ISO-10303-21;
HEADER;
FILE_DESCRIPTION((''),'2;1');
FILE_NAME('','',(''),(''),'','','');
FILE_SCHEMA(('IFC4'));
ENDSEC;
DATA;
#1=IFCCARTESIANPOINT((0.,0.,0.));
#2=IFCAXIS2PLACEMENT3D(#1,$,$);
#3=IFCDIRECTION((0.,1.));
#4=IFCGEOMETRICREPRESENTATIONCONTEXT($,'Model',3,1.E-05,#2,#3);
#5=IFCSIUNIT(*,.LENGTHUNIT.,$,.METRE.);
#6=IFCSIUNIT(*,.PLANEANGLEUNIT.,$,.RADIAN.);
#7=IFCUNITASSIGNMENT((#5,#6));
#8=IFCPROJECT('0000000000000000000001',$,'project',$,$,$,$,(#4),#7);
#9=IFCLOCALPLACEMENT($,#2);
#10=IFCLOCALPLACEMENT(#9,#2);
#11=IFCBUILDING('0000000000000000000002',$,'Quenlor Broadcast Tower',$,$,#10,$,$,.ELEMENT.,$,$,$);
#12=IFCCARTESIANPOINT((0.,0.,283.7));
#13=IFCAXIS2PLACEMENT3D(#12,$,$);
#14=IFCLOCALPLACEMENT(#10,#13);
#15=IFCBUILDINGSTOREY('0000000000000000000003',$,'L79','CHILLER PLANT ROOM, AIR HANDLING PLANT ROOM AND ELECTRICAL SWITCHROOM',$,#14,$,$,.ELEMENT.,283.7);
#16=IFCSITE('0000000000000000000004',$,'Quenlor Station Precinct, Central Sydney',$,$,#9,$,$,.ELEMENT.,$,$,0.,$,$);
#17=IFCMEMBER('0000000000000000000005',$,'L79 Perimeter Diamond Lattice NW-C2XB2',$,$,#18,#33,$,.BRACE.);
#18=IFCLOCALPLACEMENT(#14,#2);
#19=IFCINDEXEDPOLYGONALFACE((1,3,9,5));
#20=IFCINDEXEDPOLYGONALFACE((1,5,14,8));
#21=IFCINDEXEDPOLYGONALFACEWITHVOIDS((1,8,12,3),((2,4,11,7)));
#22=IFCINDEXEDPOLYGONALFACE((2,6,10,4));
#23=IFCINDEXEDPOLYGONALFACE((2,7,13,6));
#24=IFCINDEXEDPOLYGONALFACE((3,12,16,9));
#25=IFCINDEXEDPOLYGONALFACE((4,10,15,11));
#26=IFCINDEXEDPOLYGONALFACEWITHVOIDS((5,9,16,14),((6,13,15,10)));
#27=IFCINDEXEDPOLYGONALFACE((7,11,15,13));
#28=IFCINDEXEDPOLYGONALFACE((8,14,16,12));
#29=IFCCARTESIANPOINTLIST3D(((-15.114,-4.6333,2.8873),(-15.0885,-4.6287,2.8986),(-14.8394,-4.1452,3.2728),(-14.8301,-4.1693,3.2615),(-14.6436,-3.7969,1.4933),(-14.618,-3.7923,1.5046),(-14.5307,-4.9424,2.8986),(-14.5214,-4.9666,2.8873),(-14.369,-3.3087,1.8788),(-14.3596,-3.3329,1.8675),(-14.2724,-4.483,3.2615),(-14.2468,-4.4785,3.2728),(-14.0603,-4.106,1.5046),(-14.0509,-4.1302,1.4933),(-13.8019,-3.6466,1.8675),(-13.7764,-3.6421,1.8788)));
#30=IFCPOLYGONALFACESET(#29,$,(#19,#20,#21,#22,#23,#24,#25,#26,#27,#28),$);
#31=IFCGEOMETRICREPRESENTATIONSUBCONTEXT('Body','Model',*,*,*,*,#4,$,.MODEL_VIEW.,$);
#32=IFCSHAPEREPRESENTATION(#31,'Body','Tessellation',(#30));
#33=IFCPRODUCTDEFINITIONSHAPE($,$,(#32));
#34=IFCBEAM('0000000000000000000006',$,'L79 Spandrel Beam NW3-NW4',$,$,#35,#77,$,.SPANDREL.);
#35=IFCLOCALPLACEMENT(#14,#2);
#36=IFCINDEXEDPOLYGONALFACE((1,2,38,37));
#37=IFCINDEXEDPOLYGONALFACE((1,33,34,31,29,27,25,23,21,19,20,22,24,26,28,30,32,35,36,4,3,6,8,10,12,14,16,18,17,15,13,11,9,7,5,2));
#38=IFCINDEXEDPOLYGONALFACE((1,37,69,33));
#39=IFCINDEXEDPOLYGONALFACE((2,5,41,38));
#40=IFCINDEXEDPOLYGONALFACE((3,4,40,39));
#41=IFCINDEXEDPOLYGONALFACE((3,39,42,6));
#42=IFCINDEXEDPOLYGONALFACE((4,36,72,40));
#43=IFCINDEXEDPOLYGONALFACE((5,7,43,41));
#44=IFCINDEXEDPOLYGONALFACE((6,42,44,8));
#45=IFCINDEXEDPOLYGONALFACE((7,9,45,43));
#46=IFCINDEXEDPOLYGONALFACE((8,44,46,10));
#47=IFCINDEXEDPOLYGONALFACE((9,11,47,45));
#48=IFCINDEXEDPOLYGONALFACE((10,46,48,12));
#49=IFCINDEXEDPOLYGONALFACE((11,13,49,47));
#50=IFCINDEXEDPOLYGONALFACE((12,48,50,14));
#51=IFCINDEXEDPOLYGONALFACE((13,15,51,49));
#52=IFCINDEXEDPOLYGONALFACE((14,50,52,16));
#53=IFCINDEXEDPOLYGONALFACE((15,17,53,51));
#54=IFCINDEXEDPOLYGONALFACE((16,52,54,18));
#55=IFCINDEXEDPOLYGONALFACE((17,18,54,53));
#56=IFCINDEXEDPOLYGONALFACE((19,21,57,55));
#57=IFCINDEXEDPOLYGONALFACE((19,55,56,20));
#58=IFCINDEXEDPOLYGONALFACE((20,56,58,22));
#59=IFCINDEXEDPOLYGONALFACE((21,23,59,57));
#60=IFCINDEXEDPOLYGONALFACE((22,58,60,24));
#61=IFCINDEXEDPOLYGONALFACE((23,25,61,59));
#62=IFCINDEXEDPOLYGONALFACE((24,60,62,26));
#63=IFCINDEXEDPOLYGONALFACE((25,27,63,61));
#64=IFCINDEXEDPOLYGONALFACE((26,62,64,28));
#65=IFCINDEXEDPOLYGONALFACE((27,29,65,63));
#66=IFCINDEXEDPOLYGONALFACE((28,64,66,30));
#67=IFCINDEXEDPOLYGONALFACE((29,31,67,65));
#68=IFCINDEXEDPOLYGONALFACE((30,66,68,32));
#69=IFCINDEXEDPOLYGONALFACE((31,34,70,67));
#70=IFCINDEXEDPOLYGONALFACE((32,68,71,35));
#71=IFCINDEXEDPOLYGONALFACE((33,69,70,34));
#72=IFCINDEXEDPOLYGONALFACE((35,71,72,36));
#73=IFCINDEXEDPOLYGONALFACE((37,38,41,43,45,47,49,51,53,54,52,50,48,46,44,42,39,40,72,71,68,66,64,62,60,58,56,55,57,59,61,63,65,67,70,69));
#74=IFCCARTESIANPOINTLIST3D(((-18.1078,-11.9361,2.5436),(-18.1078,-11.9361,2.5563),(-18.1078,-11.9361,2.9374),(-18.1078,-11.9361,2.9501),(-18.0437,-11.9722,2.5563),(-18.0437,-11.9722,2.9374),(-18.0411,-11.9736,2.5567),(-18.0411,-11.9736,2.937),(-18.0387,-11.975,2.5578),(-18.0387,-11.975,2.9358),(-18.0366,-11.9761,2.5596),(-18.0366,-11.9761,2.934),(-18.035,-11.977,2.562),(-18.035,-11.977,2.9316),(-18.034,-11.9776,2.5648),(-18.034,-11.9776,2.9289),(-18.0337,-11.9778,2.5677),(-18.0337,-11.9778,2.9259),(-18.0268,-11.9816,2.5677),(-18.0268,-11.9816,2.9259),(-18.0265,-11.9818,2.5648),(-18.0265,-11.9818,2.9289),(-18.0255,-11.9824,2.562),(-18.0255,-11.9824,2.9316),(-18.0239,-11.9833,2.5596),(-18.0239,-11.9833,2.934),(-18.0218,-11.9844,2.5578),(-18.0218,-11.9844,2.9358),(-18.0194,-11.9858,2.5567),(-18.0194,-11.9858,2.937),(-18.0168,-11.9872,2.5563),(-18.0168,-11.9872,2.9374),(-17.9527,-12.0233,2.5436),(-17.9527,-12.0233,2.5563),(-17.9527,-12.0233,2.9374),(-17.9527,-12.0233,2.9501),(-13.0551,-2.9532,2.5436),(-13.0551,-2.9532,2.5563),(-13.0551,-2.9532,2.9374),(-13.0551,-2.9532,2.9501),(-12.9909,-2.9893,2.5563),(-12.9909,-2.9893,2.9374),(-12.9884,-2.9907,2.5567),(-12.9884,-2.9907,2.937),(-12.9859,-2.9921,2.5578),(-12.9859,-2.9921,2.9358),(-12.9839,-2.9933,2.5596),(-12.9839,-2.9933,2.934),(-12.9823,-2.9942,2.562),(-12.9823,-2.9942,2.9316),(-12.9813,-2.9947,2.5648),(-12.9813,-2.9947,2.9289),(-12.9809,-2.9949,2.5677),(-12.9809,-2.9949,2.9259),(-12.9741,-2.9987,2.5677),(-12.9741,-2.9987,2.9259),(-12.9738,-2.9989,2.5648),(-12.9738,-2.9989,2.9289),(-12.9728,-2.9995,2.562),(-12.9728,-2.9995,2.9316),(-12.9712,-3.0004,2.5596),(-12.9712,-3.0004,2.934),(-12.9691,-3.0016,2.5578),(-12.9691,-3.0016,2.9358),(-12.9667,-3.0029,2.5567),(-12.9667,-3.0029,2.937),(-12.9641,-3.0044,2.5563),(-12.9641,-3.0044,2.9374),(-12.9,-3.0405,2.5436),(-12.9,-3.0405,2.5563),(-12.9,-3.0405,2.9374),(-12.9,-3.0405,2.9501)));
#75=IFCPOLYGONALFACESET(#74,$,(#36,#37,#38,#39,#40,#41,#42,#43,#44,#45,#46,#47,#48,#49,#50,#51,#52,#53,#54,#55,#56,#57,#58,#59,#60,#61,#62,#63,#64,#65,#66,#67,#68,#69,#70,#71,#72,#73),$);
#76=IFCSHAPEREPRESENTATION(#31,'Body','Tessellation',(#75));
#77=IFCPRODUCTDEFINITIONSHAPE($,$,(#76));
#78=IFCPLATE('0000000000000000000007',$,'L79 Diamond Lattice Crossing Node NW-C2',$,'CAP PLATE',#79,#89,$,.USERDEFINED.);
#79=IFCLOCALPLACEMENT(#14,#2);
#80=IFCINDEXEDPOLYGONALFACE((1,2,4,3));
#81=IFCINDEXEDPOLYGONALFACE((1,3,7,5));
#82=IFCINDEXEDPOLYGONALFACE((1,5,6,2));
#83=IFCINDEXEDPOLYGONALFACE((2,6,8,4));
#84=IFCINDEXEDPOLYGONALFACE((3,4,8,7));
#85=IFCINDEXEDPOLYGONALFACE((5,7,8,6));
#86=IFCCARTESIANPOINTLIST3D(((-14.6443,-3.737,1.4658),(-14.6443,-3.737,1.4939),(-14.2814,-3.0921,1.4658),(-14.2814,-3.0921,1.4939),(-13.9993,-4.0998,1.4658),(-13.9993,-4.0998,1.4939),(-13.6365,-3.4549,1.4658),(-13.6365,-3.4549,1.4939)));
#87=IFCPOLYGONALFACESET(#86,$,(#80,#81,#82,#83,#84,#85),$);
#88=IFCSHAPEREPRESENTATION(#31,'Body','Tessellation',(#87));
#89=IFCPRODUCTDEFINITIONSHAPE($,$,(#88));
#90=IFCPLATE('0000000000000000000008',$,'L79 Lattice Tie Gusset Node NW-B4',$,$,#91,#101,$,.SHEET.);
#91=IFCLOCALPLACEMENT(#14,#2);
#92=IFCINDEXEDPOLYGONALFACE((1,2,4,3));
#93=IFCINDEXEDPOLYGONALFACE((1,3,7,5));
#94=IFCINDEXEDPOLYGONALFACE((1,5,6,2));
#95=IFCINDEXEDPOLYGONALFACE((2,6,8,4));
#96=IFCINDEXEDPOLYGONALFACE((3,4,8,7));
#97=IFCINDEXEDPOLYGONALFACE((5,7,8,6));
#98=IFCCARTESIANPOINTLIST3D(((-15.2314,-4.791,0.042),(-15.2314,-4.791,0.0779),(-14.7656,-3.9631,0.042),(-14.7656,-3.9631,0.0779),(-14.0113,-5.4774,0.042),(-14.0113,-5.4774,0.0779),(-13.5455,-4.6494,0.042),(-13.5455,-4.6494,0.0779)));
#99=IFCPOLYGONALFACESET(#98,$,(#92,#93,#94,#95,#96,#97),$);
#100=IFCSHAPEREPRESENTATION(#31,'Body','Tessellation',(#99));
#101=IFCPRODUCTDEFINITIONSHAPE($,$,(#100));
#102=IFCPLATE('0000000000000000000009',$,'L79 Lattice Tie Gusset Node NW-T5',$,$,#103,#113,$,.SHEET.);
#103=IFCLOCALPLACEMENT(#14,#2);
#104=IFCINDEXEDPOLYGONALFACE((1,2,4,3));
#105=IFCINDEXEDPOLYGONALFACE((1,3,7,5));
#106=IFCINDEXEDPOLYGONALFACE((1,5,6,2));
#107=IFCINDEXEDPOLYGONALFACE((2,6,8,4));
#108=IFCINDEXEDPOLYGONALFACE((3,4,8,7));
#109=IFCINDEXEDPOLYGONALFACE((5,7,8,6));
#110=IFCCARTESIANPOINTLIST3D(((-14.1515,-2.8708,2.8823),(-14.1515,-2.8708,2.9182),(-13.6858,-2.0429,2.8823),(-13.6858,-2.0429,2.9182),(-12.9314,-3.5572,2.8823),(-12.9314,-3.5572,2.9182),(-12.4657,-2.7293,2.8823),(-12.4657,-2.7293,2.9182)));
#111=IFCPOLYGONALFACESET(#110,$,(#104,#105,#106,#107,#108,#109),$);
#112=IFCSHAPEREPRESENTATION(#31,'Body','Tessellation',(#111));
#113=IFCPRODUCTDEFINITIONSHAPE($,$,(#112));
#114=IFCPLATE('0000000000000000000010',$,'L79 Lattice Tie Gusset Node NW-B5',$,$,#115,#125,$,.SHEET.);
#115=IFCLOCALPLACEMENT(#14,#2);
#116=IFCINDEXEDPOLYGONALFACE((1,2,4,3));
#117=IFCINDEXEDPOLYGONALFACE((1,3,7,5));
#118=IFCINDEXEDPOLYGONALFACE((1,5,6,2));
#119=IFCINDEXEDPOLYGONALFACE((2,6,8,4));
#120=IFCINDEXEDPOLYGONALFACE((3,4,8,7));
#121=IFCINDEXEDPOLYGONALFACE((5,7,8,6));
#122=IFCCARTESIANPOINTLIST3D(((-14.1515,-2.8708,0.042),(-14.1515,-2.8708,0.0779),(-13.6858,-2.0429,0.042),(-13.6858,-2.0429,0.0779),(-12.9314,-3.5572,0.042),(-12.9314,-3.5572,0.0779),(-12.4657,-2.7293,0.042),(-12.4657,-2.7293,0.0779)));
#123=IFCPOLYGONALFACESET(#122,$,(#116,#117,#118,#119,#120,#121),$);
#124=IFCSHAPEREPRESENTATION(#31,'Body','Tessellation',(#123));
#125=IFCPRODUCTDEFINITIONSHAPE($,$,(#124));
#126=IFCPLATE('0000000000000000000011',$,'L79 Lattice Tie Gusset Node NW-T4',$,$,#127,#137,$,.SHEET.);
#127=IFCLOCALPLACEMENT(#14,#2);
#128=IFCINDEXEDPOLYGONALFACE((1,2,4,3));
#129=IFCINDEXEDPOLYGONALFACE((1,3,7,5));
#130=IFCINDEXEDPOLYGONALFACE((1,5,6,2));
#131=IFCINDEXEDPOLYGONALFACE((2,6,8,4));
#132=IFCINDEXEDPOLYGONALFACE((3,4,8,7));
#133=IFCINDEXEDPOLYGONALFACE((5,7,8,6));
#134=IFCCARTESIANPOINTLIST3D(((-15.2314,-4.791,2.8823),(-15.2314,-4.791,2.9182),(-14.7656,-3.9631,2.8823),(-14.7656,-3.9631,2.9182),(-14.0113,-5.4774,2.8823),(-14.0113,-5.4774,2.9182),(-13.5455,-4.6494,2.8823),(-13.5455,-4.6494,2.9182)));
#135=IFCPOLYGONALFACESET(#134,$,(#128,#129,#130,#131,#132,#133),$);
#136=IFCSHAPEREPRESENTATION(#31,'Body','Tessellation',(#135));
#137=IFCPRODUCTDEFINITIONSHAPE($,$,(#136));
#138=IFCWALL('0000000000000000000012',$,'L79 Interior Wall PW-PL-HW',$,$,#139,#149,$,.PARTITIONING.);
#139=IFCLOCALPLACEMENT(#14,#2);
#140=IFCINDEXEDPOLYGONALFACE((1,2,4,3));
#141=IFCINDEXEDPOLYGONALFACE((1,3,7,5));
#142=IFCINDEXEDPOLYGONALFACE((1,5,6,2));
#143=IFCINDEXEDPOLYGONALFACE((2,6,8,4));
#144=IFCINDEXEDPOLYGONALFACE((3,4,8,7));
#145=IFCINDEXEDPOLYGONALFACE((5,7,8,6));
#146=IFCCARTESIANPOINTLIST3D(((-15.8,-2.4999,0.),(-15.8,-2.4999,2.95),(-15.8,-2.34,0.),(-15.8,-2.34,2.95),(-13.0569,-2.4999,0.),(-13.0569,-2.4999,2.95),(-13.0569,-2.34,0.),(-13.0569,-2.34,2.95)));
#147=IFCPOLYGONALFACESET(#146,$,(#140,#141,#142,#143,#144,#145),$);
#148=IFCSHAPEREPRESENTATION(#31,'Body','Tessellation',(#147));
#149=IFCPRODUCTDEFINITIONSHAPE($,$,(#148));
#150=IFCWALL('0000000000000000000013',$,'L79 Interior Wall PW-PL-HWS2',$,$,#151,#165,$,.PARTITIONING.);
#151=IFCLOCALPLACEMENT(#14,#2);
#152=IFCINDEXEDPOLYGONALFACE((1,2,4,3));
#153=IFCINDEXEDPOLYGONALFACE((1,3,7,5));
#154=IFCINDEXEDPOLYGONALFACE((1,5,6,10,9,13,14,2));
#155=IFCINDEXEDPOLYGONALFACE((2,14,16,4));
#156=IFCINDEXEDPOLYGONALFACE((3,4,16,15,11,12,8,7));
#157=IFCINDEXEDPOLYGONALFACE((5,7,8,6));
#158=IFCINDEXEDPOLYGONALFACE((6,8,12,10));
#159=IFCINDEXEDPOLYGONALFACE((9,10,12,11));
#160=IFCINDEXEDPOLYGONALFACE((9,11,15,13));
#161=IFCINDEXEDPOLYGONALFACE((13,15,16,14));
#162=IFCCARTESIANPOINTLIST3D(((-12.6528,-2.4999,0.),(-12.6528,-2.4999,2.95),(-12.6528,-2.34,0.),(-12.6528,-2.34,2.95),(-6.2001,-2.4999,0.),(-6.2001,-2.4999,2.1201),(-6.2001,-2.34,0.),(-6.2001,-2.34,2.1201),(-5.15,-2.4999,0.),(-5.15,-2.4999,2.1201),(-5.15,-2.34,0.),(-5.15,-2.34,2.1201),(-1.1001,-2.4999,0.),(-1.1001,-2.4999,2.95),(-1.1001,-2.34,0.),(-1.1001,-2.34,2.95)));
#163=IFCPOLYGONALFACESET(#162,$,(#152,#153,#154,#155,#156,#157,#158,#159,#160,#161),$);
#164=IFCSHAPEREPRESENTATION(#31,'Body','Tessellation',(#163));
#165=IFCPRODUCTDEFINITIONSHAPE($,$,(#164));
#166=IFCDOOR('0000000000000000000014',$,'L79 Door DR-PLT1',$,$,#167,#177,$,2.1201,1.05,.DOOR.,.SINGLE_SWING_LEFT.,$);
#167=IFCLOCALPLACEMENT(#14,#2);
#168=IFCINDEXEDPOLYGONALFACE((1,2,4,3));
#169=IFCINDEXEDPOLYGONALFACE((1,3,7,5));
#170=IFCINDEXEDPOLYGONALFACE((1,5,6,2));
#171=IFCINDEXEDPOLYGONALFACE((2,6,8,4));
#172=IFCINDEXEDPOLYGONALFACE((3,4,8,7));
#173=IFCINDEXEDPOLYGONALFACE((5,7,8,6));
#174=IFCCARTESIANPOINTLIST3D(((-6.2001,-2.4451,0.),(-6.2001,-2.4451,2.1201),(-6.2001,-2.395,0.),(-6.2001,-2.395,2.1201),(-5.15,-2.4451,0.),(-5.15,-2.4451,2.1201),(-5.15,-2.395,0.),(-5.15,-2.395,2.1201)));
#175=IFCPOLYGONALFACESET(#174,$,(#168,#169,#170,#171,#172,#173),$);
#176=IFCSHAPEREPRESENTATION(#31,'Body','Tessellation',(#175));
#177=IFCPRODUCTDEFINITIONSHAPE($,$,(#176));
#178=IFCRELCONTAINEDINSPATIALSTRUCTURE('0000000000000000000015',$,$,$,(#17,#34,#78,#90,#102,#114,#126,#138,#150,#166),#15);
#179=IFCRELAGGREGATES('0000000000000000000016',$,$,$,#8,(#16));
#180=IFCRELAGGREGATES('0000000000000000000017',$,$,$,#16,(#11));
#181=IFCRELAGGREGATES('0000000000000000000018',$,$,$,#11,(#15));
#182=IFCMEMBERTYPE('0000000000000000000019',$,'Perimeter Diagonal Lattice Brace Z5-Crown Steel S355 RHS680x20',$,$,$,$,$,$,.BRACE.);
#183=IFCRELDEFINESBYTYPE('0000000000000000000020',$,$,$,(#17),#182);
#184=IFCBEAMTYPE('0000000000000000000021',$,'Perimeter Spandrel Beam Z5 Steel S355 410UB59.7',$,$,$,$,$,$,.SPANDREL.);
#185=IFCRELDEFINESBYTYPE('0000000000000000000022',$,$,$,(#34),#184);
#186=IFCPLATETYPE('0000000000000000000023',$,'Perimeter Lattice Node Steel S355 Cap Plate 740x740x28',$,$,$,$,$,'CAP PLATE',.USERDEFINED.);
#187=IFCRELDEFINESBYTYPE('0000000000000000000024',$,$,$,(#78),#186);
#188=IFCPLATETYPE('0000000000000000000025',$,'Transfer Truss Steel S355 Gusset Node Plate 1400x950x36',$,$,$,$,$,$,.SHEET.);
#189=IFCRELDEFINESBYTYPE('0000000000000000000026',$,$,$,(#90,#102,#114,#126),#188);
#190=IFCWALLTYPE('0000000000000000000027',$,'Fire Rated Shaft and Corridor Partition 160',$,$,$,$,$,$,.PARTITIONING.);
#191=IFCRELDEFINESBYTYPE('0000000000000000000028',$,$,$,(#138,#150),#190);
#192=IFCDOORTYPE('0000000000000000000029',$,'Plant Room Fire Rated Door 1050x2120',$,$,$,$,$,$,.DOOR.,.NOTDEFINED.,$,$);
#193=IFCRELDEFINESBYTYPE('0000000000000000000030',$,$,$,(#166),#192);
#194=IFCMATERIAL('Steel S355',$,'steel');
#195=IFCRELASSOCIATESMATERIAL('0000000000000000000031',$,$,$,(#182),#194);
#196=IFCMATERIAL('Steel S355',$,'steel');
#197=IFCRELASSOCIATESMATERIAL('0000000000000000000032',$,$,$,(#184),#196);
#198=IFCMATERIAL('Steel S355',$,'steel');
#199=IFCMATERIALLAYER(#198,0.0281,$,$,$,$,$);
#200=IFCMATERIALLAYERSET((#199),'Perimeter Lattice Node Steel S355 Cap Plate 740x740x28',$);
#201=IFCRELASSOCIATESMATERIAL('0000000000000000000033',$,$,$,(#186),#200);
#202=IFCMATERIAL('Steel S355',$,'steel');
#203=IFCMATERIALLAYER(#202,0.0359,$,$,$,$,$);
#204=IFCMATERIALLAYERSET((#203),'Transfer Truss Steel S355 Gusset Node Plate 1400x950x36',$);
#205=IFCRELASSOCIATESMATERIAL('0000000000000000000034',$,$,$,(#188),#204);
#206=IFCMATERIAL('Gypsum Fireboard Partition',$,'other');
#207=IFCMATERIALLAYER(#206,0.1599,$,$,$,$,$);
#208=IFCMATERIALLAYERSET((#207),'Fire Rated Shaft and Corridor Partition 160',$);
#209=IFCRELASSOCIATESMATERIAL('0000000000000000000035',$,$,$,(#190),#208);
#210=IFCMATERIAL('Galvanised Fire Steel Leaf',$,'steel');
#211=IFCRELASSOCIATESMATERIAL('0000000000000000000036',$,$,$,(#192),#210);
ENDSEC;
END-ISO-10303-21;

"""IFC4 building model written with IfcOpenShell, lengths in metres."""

from ifc_helpers import new_model, si_unit, direction, frame, frame_2d, origin, origin_2d, place, context, subcontext, project, spatial, rectangle, hollow_rectangle, i_section, extrude, material, layer, layer_set, material_profile, profile_set, type_object, element, fill, save


model = new_model("IFC4")

# Units and contexts
model_context = context("Model", 3, precision=1e-05, world=origin(), true_north=direction((0.0, 1.0)))
body_context = subcontext(model_context, "Body", "Model", "MODEL_VIEW")
ifc_project = project(units=[si_unit("LENGTHUNIT", "METRE"), si_unit("PLANEANGLEUNIT", "RADIAN")], contexts=[model_context])

# Site, building, storey
site_placement = place(None, origin())
site = spatial("IfcSite", under=ifc_project, at=site_placement, Name="Quenlor Station Precinct, Central Sydney", CompositionType="ELEMENT", RefElevation=0.0)
building_placement = place(site_placement, origin())
building = spatial("IfcBuilding", under=site, at=building_placement, Name="Quenlor Broadcast Tower", CompositionType="ELEMENT")
storey_placement = place(building_placement, frame((0.0, 0.0, 283.7)))
storey = spatial("IfcBuildingStorey", under=building, at=storey_placement, Name="L79", Description="CHILLER PLANT ROOM, AIR HANDLING PLANT ROOM AND ELECTRICAL SWITCHROOM", CompositionType="ELEMENT", Elevation=283.7)

# Member
ifc_material_1 = material(Name="Steel S355", Category="steel")
ifc_material_profile_1 = material_profile(ifc_material_1, hollow_rectangle(XDim=0.6799, YDim=0.6799, WallThickness=0.02, at=origin_2d()))
ifc_profile_set_1 = profile_set([ifc_material_profile_1], Name="Steel S355 RHS680x680x20")
member_type_1 = type_object("IfcMemberType", Name="Perimeter Diagonal Lattice Brace Z5-Crown Steel S355 RHS680x20", PredefinedType="BRACE", material=ifc_profile_set_1)
member_1_placement = place(storey_placement, frame((-14.21, -3.7195, 1.686), z_axis=(-0.27798, -0.494218, 0.823697), x_axis=(0.871589, -0.490237, 0.0)))
element("IfcMember", 1, at=member_1_placement, inside=storey, type_object=member_type_1, Name="L79 Perimeter Diamond Lattice NW-C2XB2", PredefinedType="BRACE", context=body_context, shape_type="SweptSolid", body=[
    extrude(hollow_rectangle(XDim=0.6799, YDim=0.6799, WallThickness=0.02, at=origin_2d()), origin(), (0.0, 0.0, 1.0), 1.6924),
])

# Beam
ifc_material_2 = material(Name="Steel S355", Category="steel")
ifc_material_profile_2 = material_profile(ifc_material_2, i_section(OverallWidth=0.178, OverallDepth=0.4065, WebThickness=0.0078, FlangeThickness=0.0127, FilletRadius=0.0115, at=origin_2d()))
ifc_profile_set_2 = profile_set([ifc_material_profile_2], Name="Steel S355 410UB59.7")
beam_type_1 = type_object("IfcBeamType", Name="Perimeter Spandrel Beam Z5 Steel S355 410UB59.7", PredefinedType="SPANDREL", material=ifc_profile_set_2)
beam_1_placement = place(storey_placement, frame((-12.9775, -2.9968, 2.7468), z_axis=(-0.49025, -0.871582, 0.0), x_axis=(0.871582, -0.49025, 0.0)))
element("IfcBeam", 2, at=beam_1_placement, inside=storey, type_object=beam_type_1, Name="L79 Spandrel Beam NW3-NW4", PredefinedType="SPANDREL", context=body_context, shape_type="SweptSolid", body=[
    extrude(i_section(OverallWidth=0.178, OverallDepth=0.4065, WebThickness=0.0078, FlangeThickness=0.0127, FilletRadius=0.0115, at=origin_2d()), origin(), (0.0, 0.0, 1.0), 10.3064),
])

# Plates
ifc_material_3 = material(Name="Steel S355", Category="steel")
ifc_layer_1 = layer(ifc_material_3, 0.0281)
ifc_layer_set_1 = layer_set([ifc_layer_1], Name="Perimeter Lattice Node Steel S355 Cap Plate 740x740x28")
plate_type_1 = type_object("IfcPlateType", Name="Perimeter Lattice Node Steel S355 Cap Plate 740x740x28", ElementType="CAP PLATE", PredefinedType="USERDEFINED", material=ifc_layer_set_1)
plate_placement = place(storey_placement, frame((-14.1404, -3.5959, 1.4658), z_axis=(0.0, 0.0, 1.0), x_axis=(0.490295, 0.871556, 0.0)))
element("IfcPlate", 3, at=plate_placement, inside=storey, type_object=plate_type_1, Name="L79 Diamond Lattice Crossing Node NW-C2", ObjectType="CAP PLATE", PredefinedType="USERDEFINED", context=body_context, shape_type="SweptSolid", body=[
    extrude(rectangle(XDim=0.74, YDim=0.74, at=origin_2d()), origin(), (0.0, 0.0, 1.0), 0.0281),
])
ifc_material_4 = material(Name="Steel S355", Category="steel")
ifc_layer_2 = layer(ifc_material_4, 0.0359)
ifc_layer_set_2 = layer_set([ifc_layer_2], Name="Transfer Truss Steel S355 Gusset Node Plate 1400x950x36")
plate_type_2 = type_object("IfcPlateType", Name="Transfer Truss Steel S355 Gusset Node Plate 1400x950x36", PredefinedType="SHEET", material=ifc_layer_set_2)
for number, where, z_axis, x_axis, name in (
    (4, (-14.3884, -4.7202, 0.042), (0.0, 0.0, 1.0), (-0.871556, 0.490295, 0.0), "L79 Lattice Tie Gusset Node NW-B4"),
    (5, (-13.3086, -2.8, 2.8823), (0.0, 0.0, 1.0), (-0.871556, 0.490295, 0.0), "L79 Lattice Tie Gusset Node NW-T5"),
    (6, (-13.3086, -2.8, 0.042), (0.0, 0.0, 1.0), (-0.871556, 0.490295, 0.0), "L79 Lattice Tie Gusset Node NW-B5"),
    (7, (-14.3884, -4.7202, 2.8823), (0.0, 0.0, 1.0), (-0.871556, 0.490295, 0.0), "L79 Lattice Tie Gusset Node NW-T4"),
):
    element("IfcPlate", number, at=place(storey_placement, frame(where, z_axis=z_axis, x_axis=x_axis)), inside=storey, type_object=plate_type_2, Name=name, PredefinedType="SHEET", context=body_context, shape_type="SweptSolid", body=[
        extrude(rectangle(XDim=1.3999, YDim=0.95, at=origin_2d()), origin(), (0.0, 0.0, 1.0), 0.0359),
    ])

# Wall
ifc_material_5 = material(Name="Gypsum Fireboard Partition", Category="other")
ifc_layer_3 = layer(ifc_material_5, 0.1599)
ifc_layer_set_3 = layer_set([ifc_layer_3], Name="Fire Rated Shaft and Corridor Partition 160")
wall_type = type_object("IfcWallType", Name="Fire Rated Shaft and Corridor Partition 160", PredefinedType="PARTITIONING", material=ifc_layer_set_3)
wall_1_placement = place(storey_placement, frame((-15.8, -2.4199, 0.0), z_axis=(0.0, 0.0, 1.0), x_axis=(1.0, 0.0, 0.0)))
element("IfcWall", 8, at=wall_1_placement, inside=storey, type_object=wall_type, Name="L79 Interior Wall PW-PL-HW", PredefinedType="PARTITIONING", context=body_context, shape_type="SweptSolid", body=[
    extrude(rectangle(XDim=2.7432, YDim=0.1599, at=frame_2d((1.3716, 0.0))), origin(), (0.0, 0.0, 1.0), 2.95),
])

# Wall, opening, door
wall_2_placement = place(storey_placement, frame((-12.6528, -2.4199, 0.0), z_axis=(0.0, 0.0, 1.0), x_axis=(1.0, 0.0, 0.0)))
wall_2 = element("IfcWall", 9, at=wall_2_placement, inside=storey, type_object=wall_type, Name="L79 Interior Wall PW-PL-HWS2", PredefinedType="PARTITIONING", context=body_context, shape_type="SweptSolid", body=[
    extrude(rectangle(XDim=11.5527, YDim=0.1599, at=frame_2d((5.7764, 0.0))), origin(), (0.0, 0.0, 1.0), 2.95),
])
opening_placement = place(wall_2_placement, frame((6.4529, 0.0, 0.0)))
opening = element("IfcOpeningElement", 10, at=opening_placement, cuts=wall_2, PredefinedType="OPENING", context=body_context, shape_type="SweptSolid", body=[
    extrude(rectangle(XDim=1.05, YDim=2.1201, at=frame_2d((0.5249, 1.0601))), frame((0.0, 0.0898, 0.0), z_axis=(0.0, -1.0, 0.0), x_axis=(1.0, 0.0, 0.0)), (0.0, 0.0, 1.0), 0.1799),
])
ifc_material_6 = material(Name="Galvanised Fire Steel Leaf", Category="steel")
door_type = type_object("IfcDoorType", Name="Plant Room Fire Rated Door 1050x2120", OperationType="NOTDEFINED", PredefinedType="DOOR", material=ifc_material_6)
door_placement = place(opening_placement, origin())
door = element("IfcDoor", 11, at=door_placement, inside=storey, type_object=door_type, Name="L79 Door DR-PLT1", OperationType="SINGLE_SWING_LEFT", OverallHeight=2.1201, OverallWidth=1.05, PredefinedType="DOOR", context=body_context, shape_type="SweptSolid", body=[
    extrude(rectangle(XDim=1.05, YDim=2.1201, at=frame_2d((0.5249, 1.0601))), frame((0.0, 0.0249, 0.0), z_axis=(0.0, -1.0, 0.0), x_axis=(1.0, 0.0, 0.0)), (0.0, 0.0, 1.0), 0.05),
])
fill(opening, door)

save(model, "model.ifc")
